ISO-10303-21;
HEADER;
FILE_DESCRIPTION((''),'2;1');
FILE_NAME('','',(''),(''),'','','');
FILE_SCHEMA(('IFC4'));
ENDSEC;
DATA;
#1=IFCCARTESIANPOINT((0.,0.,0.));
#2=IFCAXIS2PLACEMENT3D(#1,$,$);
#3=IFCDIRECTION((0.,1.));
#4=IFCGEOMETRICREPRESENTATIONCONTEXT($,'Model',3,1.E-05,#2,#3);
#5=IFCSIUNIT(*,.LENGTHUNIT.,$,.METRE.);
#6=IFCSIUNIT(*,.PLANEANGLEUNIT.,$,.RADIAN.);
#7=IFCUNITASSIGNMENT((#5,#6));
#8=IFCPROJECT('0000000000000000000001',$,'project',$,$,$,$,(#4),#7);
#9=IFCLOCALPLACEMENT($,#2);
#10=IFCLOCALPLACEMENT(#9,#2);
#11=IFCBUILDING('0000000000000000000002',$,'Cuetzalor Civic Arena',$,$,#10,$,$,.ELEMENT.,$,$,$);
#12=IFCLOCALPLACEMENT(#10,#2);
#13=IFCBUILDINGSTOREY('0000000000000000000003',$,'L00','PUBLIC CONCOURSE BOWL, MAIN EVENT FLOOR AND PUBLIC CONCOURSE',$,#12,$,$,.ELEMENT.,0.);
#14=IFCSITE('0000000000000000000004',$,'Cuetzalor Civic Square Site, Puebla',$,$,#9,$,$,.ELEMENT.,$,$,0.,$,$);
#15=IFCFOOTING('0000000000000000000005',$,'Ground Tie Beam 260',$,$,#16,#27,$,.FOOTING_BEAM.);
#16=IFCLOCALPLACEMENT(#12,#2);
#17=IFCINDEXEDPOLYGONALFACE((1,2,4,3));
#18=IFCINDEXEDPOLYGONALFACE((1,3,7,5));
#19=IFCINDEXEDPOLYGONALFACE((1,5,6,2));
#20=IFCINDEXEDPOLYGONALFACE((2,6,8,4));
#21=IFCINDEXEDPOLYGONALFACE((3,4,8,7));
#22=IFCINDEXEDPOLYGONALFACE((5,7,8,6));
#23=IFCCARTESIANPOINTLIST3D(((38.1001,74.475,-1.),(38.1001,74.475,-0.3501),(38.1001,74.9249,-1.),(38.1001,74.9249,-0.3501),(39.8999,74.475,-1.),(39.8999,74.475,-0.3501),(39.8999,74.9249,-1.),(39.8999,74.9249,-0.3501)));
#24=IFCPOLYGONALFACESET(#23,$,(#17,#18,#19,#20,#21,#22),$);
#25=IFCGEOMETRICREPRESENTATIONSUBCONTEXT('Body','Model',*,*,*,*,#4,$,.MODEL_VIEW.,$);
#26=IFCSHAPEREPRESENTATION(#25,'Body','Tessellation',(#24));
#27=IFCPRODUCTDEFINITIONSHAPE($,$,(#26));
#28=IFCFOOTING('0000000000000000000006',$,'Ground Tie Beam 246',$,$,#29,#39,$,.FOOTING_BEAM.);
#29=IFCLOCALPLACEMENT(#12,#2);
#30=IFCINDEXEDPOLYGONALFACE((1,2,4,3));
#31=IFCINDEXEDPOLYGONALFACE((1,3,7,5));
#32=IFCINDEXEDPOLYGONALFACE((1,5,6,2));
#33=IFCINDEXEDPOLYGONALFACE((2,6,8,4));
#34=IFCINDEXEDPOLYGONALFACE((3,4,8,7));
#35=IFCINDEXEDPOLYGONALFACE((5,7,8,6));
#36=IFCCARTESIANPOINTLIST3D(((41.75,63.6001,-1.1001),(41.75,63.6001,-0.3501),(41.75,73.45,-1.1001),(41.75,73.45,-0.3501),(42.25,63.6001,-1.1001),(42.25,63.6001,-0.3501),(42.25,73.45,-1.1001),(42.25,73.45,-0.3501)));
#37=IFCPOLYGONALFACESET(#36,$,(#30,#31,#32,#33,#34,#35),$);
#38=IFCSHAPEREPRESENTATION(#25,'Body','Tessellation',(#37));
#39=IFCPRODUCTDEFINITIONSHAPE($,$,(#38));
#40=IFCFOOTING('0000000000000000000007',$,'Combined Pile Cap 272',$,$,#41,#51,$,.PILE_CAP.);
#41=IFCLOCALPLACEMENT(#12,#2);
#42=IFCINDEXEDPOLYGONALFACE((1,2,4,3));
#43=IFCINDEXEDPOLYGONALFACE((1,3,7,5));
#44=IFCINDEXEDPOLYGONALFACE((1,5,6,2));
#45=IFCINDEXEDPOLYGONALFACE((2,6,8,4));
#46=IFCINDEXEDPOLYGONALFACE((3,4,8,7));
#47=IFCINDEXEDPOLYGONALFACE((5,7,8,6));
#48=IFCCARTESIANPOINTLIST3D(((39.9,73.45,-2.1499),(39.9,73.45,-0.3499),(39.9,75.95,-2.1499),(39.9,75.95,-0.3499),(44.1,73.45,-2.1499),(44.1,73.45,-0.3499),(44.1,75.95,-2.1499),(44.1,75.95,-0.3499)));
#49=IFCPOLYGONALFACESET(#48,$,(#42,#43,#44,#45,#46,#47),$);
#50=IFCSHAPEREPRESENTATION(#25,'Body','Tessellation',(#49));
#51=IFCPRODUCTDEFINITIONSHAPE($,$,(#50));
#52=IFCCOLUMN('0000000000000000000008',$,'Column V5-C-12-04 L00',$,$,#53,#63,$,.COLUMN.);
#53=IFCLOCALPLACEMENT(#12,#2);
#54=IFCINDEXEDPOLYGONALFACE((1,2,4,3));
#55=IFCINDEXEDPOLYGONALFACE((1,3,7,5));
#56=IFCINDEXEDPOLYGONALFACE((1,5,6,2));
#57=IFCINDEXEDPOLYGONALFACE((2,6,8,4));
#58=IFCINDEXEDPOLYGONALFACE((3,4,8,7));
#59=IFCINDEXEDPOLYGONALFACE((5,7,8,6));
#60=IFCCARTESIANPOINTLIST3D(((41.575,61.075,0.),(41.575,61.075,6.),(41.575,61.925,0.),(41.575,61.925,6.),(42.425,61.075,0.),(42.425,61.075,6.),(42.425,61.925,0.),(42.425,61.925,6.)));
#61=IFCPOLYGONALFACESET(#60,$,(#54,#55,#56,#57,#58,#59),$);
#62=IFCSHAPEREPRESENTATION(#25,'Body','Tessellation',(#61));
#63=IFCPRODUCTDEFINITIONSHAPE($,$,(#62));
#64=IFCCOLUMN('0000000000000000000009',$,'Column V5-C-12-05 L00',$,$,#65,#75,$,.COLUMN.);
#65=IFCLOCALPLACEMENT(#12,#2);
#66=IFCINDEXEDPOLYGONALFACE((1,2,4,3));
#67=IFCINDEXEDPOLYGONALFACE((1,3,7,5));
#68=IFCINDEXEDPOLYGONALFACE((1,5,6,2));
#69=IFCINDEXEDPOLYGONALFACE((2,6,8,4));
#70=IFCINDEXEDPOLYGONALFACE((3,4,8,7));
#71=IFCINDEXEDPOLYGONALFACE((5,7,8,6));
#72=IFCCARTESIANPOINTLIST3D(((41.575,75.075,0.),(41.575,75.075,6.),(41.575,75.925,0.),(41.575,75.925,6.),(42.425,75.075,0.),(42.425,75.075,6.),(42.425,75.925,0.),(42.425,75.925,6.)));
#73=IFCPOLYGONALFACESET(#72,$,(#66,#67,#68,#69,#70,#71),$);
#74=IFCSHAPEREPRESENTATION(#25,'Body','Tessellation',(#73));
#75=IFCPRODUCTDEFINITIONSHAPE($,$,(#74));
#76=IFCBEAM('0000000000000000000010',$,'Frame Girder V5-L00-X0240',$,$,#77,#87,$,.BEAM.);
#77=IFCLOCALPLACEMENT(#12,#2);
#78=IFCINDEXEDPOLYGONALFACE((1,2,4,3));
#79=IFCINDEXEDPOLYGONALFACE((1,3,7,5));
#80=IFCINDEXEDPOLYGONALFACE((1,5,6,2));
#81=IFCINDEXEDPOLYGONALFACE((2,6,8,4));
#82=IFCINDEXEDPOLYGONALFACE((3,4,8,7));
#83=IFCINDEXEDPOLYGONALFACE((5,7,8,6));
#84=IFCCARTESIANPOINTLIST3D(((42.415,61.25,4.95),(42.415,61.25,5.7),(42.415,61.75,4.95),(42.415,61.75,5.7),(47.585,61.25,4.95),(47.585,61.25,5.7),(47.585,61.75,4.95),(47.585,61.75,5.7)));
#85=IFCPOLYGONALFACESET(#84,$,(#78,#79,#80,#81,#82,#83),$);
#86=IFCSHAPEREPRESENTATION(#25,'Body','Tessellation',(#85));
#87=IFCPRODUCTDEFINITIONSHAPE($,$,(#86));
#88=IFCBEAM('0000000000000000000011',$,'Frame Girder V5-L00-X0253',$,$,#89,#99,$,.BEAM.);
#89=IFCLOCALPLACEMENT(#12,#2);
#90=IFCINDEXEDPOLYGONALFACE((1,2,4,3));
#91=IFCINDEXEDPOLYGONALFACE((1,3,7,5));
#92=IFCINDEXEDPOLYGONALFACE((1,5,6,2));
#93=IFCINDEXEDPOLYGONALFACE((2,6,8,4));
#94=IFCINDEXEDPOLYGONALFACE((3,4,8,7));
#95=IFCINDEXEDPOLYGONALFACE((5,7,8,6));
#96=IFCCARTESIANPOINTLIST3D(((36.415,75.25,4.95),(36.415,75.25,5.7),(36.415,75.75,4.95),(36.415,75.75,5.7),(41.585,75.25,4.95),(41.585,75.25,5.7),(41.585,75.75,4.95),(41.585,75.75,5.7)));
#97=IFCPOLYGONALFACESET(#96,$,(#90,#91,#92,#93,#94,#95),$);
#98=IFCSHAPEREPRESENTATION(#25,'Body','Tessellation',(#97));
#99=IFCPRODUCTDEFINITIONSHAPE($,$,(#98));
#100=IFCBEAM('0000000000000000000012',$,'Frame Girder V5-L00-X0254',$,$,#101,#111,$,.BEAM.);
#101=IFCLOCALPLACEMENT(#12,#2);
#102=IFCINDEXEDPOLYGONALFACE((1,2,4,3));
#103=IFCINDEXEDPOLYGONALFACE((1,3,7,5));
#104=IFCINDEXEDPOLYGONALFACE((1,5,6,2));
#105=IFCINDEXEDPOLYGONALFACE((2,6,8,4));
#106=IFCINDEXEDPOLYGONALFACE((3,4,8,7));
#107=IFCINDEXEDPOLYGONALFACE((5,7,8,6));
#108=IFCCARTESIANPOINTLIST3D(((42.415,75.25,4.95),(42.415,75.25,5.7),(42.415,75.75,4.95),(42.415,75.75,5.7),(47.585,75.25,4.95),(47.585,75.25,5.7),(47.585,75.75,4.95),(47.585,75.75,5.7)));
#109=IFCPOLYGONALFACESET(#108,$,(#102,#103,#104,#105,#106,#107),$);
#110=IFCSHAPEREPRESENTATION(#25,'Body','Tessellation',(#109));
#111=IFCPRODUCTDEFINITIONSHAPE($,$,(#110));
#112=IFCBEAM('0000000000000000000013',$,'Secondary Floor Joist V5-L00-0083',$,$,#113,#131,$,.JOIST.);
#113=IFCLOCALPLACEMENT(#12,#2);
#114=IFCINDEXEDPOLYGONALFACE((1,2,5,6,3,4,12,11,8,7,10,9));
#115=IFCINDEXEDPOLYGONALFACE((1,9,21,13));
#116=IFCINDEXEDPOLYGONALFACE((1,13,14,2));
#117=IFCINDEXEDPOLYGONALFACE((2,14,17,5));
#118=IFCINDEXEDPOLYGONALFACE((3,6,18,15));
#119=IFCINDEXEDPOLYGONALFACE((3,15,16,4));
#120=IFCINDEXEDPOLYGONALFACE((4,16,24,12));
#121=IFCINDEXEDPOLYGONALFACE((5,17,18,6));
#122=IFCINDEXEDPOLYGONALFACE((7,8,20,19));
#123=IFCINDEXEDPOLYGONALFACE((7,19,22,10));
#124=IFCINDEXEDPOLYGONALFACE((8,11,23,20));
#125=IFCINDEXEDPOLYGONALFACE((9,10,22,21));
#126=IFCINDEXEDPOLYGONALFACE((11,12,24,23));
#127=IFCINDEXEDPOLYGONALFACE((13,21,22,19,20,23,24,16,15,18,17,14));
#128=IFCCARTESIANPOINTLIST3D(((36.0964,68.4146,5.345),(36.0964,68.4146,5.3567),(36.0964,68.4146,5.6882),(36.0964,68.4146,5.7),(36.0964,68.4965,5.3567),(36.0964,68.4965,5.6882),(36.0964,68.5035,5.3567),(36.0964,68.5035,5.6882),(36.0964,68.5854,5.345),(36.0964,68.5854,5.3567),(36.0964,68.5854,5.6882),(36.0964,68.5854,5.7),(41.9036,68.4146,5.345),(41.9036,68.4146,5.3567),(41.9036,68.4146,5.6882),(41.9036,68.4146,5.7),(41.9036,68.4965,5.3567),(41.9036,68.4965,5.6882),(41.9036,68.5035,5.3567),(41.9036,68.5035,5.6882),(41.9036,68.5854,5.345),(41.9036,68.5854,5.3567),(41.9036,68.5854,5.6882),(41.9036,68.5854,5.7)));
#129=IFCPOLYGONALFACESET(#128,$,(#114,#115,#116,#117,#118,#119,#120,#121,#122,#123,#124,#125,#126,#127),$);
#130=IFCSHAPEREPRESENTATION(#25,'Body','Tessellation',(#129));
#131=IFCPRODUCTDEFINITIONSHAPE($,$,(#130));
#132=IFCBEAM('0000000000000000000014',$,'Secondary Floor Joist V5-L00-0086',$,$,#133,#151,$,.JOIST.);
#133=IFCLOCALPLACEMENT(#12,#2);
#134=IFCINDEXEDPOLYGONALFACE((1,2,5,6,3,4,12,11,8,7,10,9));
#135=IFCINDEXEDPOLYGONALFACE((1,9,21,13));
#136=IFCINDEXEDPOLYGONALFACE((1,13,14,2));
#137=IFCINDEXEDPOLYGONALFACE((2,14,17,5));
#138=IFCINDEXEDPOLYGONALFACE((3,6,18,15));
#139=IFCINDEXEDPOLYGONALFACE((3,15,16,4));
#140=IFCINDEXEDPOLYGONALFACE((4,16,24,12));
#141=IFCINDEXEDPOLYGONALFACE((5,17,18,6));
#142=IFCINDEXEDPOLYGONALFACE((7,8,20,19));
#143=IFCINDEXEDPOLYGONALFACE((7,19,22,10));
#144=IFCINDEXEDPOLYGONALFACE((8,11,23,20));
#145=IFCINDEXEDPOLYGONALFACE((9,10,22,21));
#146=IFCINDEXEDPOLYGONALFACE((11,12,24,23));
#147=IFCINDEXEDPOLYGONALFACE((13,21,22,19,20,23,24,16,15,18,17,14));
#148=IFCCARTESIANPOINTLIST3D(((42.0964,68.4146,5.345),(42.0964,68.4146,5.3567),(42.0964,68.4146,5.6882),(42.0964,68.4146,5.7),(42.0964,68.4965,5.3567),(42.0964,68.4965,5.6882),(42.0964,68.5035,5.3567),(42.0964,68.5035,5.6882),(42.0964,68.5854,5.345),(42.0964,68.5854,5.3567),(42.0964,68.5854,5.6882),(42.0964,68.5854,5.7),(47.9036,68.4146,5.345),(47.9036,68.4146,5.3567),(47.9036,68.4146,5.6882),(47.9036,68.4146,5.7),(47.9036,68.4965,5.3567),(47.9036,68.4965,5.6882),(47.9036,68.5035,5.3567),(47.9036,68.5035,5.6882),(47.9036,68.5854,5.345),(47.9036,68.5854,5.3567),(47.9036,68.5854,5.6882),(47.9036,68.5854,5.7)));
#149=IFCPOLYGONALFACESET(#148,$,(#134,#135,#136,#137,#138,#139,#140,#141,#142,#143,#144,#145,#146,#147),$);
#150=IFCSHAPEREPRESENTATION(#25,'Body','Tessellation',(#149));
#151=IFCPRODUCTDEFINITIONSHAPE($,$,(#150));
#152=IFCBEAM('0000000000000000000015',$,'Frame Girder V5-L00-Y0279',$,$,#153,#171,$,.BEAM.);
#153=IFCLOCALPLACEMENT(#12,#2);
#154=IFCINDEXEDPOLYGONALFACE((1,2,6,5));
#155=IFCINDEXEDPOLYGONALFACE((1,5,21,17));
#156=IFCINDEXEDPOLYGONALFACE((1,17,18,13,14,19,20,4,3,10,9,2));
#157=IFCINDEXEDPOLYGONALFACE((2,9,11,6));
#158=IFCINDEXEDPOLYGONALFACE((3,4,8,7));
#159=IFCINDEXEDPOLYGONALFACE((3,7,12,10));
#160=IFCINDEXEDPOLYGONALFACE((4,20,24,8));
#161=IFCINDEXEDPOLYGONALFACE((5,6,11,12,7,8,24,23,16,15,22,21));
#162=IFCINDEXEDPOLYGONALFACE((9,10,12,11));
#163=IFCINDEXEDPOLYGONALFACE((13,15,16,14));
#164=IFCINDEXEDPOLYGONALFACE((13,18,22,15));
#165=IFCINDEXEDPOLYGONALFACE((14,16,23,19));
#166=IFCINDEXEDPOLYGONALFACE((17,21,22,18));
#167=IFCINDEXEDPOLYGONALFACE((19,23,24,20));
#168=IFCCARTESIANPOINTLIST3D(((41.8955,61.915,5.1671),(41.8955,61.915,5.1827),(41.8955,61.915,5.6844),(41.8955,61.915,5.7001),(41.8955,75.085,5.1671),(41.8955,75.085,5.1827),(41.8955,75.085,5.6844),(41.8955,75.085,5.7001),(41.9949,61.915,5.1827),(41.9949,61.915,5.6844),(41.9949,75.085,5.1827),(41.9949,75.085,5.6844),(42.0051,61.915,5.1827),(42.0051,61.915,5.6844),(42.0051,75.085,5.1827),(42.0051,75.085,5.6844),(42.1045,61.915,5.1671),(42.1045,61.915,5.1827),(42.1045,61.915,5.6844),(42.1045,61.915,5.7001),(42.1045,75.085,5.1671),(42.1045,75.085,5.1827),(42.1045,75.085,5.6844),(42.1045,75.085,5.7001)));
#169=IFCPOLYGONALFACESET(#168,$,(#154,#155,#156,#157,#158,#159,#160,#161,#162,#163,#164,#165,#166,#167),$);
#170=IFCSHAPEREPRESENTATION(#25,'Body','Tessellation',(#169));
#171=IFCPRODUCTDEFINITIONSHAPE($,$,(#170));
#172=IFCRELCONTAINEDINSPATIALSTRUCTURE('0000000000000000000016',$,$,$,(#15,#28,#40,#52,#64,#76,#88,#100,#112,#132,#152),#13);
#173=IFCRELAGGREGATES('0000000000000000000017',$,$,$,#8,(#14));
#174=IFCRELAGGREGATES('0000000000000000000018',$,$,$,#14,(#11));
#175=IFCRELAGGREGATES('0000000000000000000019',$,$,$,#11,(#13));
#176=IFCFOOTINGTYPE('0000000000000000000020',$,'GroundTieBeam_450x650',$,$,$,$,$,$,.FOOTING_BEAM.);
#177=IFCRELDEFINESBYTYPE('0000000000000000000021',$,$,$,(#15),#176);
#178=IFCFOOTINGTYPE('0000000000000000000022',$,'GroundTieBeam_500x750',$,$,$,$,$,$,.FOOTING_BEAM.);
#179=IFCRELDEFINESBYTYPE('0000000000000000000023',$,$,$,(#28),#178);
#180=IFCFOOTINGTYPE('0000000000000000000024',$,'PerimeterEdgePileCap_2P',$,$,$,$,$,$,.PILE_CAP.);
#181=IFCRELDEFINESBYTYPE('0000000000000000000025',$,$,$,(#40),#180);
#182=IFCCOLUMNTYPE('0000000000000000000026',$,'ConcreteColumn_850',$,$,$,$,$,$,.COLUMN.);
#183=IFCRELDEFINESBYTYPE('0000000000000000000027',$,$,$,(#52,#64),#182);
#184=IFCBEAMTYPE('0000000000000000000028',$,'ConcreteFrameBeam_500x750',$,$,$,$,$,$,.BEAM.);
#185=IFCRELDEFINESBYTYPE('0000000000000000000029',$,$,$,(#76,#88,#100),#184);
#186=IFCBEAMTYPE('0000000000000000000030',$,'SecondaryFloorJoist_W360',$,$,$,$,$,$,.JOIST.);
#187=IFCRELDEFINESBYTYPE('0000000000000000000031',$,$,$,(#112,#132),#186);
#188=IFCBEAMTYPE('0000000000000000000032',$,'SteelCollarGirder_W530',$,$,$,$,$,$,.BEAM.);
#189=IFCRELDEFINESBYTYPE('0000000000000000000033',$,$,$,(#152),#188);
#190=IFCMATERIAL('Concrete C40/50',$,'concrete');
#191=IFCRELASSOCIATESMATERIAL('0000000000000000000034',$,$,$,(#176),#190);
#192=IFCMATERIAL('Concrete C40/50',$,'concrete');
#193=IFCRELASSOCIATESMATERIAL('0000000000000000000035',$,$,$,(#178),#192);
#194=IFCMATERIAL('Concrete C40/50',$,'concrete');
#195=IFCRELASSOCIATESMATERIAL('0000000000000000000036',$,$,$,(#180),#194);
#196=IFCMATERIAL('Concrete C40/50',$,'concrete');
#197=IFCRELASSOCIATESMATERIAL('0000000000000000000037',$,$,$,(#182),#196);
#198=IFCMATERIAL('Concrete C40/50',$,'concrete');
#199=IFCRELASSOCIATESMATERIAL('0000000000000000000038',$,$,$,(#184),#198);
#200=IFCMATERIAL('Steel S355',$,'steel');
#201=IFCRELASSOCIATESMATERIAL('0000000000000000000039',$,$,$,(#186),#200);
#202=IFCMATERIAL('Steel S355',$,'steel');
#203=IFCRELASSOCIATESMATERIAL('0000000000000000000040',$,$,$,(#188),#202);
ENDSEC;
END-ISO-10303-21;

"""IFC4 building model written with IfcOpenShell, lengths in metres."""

from ifc_helpers import new_model, si_unit, direction, frame, origin, origin_2d, place, context, subcontext, project, spatial, rectangle, i_section, extrude, material, material_profile, profile_set, type_object, element, save


model = new_model("IFC4")

# Units and contexts
model_context = context("Model", 3, precision=1e-05, world=origin(), true_north=direction((0.0, 1.0)))
body_context = subcontext(model_context, "Body", "Model", "MODEL_VIEW")
ifc_project = project(units=[si_unit("LENGTHUNIT", "METRE"), si_unit("PLANEANGLEUNIT", "RADIAN")], contexts=[model_context])

# Site, building, storey
site_placement = place(None, origin())
site = spatial("IfcSite", under=ifc_project, at=site_placement, Name="Cuetzalor Civic Square Site, Puebla", CompositionType="ELEMENT", RefElevation=0.0)
building_placement = place(site_placement, origin())
building = spatial("IfcBuilding", under=site, at=building_placement, Name="Cuetzalor Civic Arena", CompositionType="ELEMENT")
storey_placement = place(building_placement, origin())
storey = spatial("IfcBuildingStorey", under=building, at=storey_placement, Name="L00", Description="PUBLIC CONCOURSE BOWL, MAIN EVENT FLOOR AND PUBLIC CONCOURSE", CompositionType="ELEMENT", Elevation=0.0)

# Footings
ifc_material_1 = material(Name="Concrete C40/50", Category="concrete")
ifc_material_profile_1 = material_profile(ifc_material_1, rectangle(XDim=0.45, YDim=0.6499, at=origin_2d()), Name="RC 450x650")
ifc_profile_set_1 = profile_set([ifc_material_profile_1], Name="Concrete C40/50")
footing_type_1 = type_object("IfcFootingType", Name="GroundTieBeam_450x650", PredefinedType="FOOTING_BEAM", material=ifc_profile_set_1)
footing_1_placement = place(storey_placement, frame((38.1001, 74.7, -0.675), z_axis=(1.0, 0.0, 0.0), x_axis=(0.0, 1.0, 0.0)))
element("IfcFooting", 1, at=footing_1_placement, inside=storey, type_object=footing_type_1, Name="Ground Tie Beam 260", PredefinedType="FOOTING_BEAM", context=body_context, shape_type="SweptSolid", body=[
    extrude(rectangle(XDim=0.45, YDim=0.6499, at=origin_2d()), origin(), (0.0, 0.0, 1.0), 1.7998),
])
ifc_material_2 = material(Name="Concrete C40/50", Category="concrete")
ifc_material_profile_2 = material_profile(ifc_material_2, rectangle(XDim=0.5, YDim=0.75, at=origin_2d()), Name="RC 500x750")
ifc_profile_set_2 = profile_set([ifc_material_profile_2], Name="Concrete C40/50")
footing_type_2 = type_object("IfcFootingType", Name="GroundTieBeam_500x750", PredefinedType="FOOTING_BEAM", material=ifc_profile_set_2)
footing_2_placement = place(storey_placement, frame((42.0, 63.6001, -0.7251), z_axis=(0.0, 1.0, 0.0), x_axis=(-1.0, 0.0, 0.0)))
element("IfcFooting", 2, at=footing_2_placement, inside=storey, type_object=footing_type_2, Name="Ground Tie Beam 246", PredefinedType="FOOTING_BEAM", context=body_context, shape_type="SweptSolid", body=[
    extrude(rectangle(XDim=0.5, YDim=0.75, at=origin_2d()), origin(), (0.0, 0.0, 1.0), 9.8499),
])
ifc_material_3 = material(Name="Concrete C40/50", Category="concrete")
footing_type_3 = type_object("IfcFootingType", Name="PerimeterEdgePileCap_2P", PredefinedType="PILE_CAP", material=ifc_material_3)
footing_3_placement = place(storey_placement, frame((42.0, 74.7, -2.1499), z_axis=(0.0, 0.0, 1.0), x_axis=(1.0, 0.0, 0.0)))
element("IfcFooting", 3, at=footing_3_placement, inside=storey, type_object=footing_type_3, Name="Combined Pile Cap 272", PredefinedType="PILE_CAP", context=body_context, shape_type="SweptSolid", body=[
    extrude(rectangle(XDim=4.2, YDim=2.5, at=origin_2d()), origin(), (0.0, 0.0, 1.0), 1.8),
])

# Columns
ifc_material_4 = material(Name="Concrete C40/50", Category="concrete")
ifc_material_profile_3 = material_profile(ifc_material_4, rectangle(XDim=0.8501, YDim=0.8501, at=origin_2d()), Name="RC 850x850")
ifc_profile_set_3 = profile_set([ifc_material_profile_3], Name="Concrete C40/50")
column_type = type_object("IfcColumnType", Name="ConcreteColumn_850", PredefinedType="COLUMN", material=ifc_profile_set_3)
for number, where, z_axis, x_axis, name in (
    (4, (42.0, 61.5, 0.0), (0.0, 0.0, 1.0), (1.0, 0.0, 0.0), "Column V5-C-12-04 L00"),
    (5, (42.0, 75.5, 0.0), (0.0, 0.0, 1.0), (1.0, 0.0, 0.0), "Column V5-C-12-05 L00"),
):
    element("IfcColumn", number, at=place(storey_placement, frame(where, z_axis=z_axis, x_axis=x_axis)), inside=storey, type_object=column_type, Name=name, PredefinedType="COLUMN", context=body_context, shape_type="SweptSolid", body=[
        extrude(rectangle(XDim=0.8501, YDim=0.8501, at=origin_2d()), origin(), (0.0, 0.0, 1.0), 6.0),
    ])

# Beams
ifc_material_5 = material(Name="Concrete C40/50", Category="concrete")
ifc_material_profile_4 = material_profile(ifc_material_5, rectangle(XDim=0.5, YDim=0.75, at=origin_2d()), Name="RC 500x750")
ifc_profile_set_4 = profile_set([ifc_material_profile_4], Name="Concrete C40/50")
beam_type_1 = type_object("IfcBeamType", Name="ConcreteFrameBeam_500x750", PredefinedType="BEAM", material=ifc_profile_set_4)
for number, where, z_axis, x_axis, name in (
    (6, (42.415, 61.5, 5.325), (1.0, 0.0, 0.0), (0.0, 1.0, 0.0), "Frame Girder V5-L00-X0240"),
    (7, (36.415, 75.5, 5.325), (1.0, 0.0, 0.0), (0.0, 1.0, 0.0), "Frame Girder V5-L00-X0253"),
    (8, (42.415, 75.5, 5.325), (1.0, 0.0, 0.0), (0.0, 1.0, 0.0), "Frame Girder V5-L00-X0254"),
):
    element("IfcBeam", number, at=place(storey_placement, frame(where, z_axis=z_axis, x_axis=x_axis)), inside=storey, type_object=beam_type_1, Name=name, PredefinedType="BEAM", context=body_context, shape_type="SweptSolid", body=[
        extrude(rectangle(XDim=0.5, YDim=0.75, at=origin_2d()), origin(), (0.0, 0.0, 1.0), 5.1699),
    ])
ifc_material_6 = material(Name="Steel S355", Category="steel")
ifc_material_profile_5 = material_profile(ifc_material_6, i_section(OverallWidth=0.1709, OverallDepth=0.355, WebThickness=0.0071, FlangeThickness=0.0117, at=origin_2d()), Name="W360x51")
ifc_profile_set_5 = profile_set([ifc_material_profile_5], Name="Steel S355")
beam_type_2 = type_object("IfcBeamType", Name="SecondaryFloorJoist_W360", PredefinedType="JOIST", material=ifc_profile_set_5)
for number, where, z_axis, x_axis, name in (
    (9, (36.0964, 68.5, 5.5225), (1.0, 0.0, 0.0), (0.0, 1.0, 0.0), "Secondary Floor Joist V5-L00-0083"),
    (10, (42.0964, 68.5, 5.5225), (1.0, 0.0, 0.0), (0.0, 1.0, 0.0), "Secondary Floor Joist V5-L00-0086"),
):
    element("IfcBeam", number, at=place(storey_placement, frame(where, z_axis=z_axis, x_axis=x_axis)), inside=storey, type_object=beam_type_2, Name=name, PredefinedType="JOIST", context=body_context, shape_type="SweptSolid", body=[
        extrude(i_section(OverallWidth=0.1709, OverallDepth=0.355, WebThickness=0.0071, FlangeThickness=0.0117, at=origin_2d()), origin(), (0.0, 0.0, 1.0), 5.8071),
    ])
ifc_material_7 = material(Name="Steel S355", Category="steel")
ifc_material_profile_6 = material_profile(ifc_material_7, i_section(OverallWidth=0.209, OverallDepth=0.533, WebThickness=0.0103, FlangeThickness=0.0156, at=origin_2d()), Name="W530x92")
ifc_profile_set_6 = profile_set([ifc_material_profile_6], Name="Steel S355")
beam_type_3 = type_object("IfcBeamType", Name="SteelCollarGirder_W530", PredefinedType="BEAM", material=ifc_profile_set_6)
beam_placement = place(storey_placement, frame((42.0, 61.915, 5.4336), z_axis=(0.0, 1.0, 0.0), x_axis=(-1.0, 0.0, 0.0)))
element("IfcBeam", 11, at=beam_placement, inside=storey, type_object=beam_type_3, Name="Frame Girder V5-L00-Y0279", PredefinedType="BEAM", context=body_context, shape_type="SweptSolid", body=[
    extrude(i_section(OverallWidth=0.209, OverallDepth=0.533, WebThickness=0.0103, FlangeThickness=0.0156, at=origin_2d()), origin(), (0.0, 0.0, 1.0), 13.1699),
])

save(model, "model.ifc")
